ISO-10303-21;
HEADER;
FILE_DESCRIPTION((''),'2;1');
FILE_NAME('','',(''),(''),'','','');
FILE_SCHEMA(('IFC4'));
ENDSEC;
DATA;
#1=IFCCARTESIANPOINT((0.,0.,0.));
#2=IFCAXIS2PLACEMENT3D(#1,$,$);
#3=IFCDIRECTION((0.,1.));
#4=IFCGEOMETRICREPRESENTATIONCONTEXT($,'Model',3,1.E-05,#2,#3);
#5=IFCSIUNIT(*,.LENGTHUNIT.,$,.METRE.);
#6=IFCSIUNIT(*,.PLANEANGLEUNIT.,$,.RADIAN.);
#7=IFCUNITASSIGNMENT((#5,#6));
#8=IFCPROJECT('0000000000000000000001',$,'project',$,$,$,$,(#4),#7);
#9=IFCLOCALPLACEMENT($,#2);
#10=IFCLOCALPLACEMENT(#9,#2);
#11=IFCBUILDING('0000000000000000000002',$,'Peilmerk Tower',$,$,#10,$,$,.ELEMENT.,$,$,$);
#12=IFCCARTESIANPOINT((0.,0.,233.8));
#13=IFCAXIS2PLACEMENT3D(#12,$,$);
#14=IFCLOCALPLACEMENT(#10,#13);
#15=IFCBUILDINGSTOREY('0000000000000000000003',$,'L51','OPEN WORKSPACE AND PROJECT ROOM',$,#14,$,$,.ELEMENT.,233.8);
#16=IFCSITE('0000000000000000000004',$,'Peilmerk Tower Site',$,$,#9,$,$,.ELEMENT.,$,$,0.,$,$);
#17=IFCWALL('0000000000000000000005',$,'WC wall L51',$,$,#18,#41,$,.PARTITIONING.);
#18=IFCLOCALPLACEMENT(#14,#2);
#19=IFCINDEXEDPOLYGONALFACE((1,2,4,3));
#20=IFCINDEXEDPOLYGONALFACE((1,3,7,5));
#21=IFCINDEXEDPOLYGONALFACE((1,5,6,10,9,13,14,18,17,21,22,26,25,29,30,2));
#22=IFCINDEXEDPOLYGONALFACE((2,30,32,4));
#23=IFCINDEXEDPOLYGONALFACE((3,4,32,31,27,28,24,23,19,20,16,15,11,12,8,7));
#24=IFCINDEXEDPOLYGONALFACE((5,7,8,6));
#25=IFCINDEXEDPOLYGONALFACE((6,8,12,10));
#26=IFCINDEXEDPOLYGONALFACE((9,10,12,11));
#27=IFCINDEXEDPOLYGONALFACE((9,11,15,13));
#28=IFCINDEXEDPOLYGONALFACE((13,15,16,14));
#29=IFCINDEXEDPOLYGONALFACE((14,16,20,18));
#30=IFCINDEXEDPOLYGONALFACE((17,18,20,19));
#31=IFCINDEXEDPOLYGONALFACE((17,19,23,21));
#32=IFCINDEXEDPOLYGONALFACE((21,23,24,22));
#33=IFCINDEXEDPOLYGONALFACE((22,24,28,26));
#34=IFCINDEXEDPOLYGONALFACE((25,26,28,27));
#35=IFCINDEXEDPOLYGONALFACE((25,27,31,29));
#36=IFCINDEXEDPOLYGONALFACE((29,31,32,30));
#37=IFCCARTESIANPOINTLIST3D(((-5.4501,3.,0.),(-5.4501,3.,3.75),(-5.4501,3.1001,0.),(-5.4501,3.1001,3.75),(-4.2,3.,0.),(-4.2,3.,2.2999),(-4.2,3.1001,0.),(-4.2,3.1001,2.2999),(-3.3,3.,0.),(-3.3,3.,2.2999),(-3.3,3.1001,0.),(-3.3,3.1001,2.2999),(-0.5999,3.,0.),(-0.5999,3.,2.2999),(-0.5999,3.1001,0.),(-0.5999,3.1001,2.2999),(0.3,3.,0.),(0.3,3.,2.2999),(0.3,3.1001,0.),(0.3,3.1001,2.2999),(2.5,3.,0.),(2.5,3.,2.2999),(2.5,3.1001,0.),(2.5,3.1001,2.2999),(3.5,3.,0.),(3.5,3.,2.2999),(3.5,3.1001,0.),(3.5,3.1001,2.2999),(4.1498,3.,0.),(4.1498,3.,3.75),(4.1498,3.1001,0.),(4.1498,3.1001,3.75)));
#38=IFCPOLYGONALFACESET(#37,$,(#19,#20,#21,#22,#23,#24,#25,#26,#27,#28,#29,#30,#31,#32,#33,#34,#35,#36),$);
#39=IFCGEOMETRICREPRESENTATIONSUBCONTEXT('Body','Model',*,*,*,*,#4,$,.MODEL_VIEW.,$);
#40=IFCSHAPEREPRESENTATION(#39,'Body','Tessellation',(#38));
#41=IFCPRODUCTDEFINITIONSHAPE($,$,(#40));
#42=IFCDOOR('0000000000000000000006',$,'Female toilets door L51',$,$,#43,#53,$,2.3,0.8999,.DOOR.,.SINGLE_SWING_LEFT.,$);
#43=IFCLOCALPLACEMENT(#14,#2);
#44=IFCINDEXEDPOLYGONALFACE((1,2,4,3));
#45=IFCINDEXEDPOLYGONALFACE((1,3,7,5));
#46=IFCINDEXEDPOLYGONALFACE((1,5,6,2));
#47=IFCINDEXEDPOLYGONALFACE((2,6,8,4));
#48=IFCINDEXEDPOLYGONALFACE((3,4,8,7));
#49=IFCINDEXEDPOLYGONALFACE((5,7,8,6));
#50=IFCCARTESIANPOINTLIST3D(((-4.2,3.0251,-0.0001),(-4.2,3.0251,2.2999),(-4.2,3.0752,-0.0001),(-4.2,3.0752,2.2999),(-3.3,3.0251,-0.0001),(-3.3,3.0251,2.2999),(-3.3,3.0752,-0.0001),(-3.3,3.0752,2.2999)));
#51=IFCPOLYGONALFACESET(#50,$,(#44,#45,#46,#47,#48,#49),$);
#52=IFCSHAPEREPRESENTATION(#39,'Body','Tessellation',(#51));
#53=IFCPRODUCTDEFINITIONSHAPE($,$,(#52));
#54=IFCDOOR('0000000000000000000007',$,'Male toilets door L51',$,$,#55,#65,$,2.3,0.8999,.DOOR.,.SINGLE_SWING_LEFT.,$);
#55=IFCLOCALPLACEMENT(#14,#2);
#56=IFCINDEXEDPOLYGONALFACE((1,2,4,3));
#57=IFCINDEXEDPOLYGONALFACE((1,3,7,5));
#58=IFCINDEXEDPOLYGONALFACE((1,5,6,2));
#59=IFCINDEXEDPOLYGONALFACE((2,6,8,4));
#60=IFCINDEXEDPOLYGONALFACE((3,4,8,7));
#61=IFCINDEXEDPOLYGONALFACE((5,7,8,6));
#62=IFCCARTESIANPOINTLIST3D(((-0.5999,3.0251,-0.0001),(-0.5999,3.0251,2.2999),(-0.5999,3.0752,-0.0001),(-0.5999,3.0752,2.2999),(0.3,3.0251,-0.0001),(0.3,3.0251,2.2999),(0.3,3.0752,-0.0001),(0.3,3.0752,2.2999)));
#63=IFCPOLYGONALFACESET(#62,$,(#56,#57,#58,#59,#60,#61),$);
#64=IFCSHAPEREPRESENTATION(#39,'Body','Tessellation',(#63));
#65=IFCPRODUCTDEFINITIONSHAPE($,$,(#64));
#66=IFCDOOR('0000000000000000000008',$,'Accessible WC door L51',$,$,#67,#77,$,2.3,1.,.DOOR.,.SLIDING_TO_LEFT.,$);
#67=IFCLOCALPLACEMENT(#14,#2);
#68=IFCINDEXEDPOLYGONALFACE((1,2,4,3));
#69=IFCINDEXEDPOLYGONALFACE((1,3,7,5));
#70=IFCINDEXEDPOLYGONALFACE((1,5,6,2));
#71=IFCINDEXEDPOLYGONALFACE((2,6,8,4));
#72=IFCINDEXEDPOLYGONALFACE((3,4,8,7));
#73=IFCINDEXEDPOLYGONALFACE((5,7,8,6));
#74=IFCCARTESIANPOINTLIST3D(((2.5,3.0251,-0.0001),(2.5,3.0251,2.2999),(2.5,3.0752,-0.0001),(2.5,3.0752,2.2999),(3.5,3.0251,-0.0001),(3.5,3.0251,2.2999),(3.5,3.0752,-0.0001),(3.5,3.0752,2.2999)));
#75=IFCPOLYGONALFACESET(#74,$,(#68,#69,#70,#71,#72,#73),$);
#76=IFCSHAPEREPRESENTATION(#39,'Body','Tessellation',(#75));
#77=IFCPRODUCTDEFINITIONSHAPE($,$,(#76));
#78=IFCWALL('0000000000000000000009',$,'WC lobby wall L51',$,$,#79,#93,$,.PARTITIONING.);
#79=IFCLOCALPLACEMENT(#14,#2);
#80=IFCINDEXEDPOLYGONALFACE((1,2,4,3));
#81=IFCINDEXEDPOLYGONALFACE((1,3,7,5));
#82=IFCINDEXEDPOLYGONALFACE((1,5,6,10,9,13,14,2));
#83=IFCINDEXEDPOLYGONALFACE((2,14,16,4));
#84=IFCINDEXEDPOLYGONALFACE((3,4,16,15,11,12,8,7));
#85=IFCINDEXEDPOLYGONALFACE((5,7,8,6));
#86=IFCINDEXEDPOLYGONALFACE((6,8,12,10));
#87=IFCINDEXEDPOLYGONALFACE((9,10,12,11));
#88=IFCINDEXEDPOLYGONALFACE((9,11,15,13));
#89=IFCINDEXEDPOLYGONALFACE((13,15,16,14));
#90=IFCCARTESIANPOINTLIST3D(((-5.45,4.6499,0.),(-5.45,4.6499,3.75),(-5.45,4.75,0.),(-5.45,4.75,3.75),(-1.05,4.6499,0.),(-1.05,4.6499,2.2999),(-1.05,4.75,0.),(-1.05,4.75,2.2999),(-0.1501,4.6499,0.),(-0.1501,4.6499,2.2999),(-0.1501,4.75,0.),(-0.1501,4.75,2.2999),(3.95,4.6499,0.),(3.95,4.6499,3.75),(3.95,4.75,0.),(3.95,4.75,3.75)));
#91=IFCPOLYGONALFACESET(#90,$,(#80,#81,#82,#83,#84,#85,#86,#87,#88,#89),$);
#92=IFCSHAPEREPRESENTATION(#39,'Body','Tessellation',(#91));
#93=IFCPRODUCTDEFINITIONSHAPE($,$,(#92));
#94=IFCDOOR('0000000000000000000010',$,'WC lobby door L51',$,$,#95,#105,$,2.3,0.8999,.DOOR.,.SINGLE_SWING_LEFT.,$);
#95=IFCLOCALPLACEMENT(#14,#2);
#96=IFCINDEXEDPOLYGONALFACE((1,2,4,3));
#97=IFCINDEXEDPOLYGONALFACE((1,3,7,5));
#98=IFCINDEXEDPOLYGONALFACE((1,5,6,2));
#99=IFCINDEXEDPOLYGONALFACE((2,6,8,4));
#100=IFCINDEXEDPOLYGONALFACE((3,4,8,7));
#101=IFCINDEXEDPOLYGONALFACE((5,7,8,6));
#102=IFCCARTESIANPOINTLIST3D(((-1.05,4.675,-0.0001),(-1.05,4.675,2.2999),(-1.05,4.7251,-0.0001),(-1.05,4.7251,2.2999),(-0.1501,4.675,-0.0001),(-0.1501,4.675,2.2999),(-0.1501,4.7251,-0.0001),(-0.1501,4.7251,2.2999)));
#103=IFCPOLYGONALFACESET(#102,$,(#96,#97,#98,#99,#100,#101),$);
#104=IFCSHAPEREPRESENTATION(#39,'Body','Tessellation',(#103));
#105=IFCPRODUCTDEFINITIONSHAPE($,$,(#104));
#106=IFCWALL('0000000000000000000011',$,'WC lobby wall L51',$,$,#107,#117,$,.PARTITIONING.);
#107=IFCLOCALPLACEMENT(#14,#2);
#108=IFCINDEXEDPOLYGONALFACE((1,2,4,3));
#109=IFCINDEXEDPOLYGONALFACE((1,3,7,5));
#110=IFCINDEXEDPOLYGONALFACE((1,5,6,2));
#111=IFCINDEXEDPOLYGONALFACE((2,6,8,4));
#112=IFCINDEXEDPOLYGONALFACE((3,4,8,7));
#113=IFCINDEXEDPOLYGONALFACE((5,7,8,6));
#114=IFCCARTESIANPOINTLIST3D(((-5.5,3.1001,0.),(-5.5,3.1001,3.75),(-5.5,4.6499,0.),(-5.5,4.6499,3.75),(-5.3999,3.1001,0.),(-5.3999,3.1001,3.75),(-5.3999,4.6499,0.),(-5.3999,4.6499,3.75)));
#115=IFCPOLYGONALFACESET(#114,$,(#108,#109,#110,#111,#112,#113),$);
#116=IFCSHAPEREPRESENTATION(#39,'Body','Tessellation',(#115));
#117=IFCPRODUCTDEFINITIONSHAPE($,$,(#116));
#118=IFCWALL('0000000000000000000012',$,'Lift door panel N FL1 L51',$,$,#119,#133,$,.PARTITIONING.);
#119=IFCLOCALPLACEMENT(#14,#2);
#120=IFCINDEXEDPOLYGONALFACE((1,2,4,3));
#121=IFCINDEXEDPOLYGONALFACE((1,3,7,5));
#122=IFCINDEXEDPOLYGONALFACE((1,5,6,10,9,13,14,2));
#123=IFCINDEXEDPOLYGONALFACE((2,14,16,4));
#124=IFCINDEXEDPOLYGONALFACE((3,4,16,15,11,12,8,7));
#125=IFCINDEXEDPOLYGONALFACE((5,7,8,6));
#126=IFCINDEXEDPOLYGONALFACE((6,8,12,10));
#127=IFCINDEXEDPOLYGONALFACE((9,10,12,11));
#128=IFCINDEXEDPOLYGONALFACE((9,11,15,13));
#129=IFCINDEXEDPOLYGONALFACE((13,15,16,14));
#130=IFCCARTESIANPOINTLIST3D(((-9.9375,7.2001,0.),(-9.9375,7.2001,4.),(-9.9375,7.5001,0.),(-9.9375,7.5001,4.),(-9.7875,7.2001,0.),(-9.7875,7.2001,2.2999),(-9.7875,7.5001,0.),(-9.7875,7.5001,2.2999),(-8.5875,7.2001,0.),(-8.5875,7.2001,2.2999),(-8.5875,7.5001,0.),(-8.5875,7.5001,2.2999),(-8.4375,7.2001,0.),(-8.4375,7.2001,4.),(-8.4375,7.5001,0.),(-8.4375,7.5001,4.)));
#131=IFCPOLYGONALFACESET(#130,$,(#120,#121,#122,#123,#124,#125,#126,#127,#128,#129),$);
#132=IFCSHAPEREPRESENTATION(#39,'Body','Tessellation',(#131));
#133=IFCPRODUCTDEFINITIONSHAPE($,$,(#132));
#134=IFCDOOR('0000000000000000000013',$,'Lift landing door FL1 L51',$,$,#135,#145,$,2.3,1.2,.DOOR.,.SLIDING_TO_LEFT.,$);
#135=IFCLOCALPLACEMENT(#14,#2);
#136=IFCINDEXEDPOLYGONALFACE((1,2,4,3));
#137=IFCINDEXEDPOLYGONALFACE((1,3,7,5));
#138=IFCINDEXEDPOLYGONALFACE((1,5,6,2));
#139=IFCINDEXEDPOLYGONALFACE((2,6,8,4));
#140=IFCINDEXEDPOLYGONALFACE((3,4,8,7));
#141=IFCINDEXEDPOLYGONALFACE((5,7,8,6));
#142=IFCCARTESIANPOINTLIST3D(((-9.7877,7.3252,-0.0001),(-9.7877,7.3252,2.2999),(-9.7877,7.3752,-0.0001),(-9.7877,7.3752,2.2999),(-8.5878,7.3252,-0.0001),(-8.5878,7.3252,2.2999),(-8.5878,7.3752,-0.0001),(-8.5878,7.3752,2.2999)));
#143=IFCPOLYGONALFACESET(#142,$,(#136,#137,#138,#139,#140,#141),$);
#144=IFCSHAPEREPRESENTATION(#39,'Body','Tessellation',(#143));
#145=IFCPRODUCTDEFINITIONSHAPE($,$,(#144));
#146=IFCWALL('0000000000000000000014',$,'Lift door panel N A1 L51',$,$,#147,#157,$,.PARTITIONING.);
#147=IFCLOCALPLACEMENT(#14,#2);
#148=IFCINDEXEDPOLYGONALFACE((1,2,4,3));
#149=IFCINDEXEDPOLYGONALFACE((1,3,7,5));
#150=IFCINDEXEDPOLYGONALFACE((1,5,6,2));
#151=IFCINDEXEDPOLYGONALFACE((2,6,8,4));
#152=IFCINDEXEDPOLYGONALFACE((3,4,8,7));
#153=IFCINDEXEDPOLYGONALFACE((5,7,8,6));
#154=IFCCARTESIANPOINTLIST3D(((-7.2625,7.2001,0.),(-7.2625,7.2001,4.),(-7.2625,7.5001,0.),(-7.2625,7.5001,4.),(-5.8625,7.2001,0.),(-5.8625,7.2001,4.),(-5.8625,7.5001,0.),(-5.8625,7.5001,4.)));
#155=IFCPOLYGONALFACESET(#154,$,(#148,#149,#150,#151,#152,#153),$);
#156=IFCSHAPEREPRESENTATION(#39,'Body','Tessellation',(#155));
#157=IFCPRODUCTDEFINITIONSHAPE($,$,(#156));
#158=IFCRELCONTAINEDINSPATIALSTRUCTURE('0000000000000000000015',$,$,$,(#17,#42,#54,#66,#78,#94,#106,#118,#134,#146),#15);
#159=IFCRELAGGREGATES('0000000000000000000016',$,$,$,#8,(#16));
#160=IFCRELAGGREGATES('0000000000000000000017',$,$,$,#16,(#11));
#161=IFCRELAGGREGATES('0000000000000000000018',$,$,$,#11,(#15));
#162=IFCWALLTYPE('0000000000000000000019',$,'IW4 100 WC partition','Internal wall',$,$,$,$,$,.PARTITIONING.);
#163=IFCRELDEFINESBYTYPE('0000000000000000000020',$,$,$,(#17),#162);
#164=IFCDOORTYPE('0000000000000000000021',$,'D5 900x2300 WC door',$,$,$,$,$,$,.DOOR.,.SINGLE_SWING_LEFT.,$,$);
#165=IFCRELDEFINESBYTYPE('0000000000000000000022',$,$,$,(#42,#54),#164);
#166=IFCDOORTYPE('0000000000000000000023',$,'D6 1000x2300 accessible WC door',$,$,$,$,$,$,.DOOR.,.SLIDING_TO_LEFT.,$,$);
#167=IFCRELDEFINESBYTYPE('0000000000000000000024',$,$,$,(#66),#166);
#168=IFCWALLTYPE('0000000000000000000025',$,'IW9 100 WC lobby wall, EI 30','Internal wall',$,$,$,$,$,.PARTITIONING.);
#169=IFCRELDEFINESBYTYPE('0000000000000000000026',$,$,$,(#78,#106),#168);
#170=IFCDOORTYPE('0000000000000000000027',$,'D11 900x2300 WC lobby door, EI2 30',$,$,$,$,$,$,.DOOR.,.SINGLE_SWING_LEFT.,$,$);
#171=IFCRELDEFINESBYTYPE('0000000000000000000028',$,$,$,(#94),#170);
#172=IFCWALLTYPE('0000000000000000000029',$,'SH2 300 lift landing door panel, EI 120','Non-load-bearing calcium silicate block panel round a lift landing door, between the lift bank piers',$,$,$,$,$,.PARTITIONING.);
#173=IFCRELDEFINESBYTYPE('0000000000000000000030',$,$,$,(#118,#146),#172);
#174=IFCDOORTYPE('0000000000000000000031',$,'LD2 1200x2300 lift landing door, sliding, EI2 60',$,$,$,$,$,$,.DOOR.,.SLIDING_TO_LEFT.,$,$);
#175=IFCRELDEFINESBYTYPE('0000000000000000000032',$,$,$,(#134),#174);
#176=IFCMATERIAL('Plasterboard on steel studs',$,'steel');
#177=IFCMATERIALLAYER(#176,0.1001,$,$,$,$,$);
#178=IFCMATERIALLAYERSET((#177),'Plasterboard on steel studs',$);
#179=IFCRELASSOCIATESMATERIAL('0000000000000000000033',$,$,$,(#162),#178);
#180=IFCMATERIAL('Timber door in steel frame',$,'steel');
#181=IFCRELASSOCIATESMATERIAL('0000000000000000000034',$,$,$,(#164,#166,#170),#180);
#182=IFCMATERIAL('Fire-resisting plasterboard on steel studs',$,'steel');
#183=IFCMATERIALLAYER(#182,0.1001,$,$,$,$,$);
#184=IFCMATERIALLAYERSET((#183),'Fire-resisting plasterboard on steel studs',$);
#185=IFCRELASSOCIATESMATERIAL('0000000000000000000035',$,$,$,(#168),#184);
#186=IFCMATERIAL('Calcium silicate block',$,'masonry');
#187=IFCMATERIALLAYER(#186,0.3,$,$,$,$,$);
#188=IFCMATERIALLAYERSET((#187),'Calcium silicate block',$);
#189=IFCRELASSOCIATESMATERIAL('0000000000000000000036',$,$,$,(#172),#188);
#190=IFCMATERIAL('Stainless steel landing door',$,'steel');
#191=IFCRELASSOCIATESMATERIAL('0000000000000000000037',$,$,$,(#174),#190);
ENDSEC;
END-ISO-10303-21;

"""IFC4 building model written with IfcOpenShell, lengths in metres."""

from ifc_helpers import new_model, si_unit, direction, frame, frame_2d, origin, place, context, subcontext, project, spatial, rectangle, extrude, material, layer, layer_set, type_object, element, fill, save


model = new_model("IFC4")

# Units and contexts
model_context = context("Model", 3, precision=1e-05, world=origin(), true_north=direction((0.0, 1.0)))
body_context = subcontext(model_context, "Body", "Model", "MODEL_VIEW")
ifc_project = project(units=[si_unit("LENGTHUNIT", "METRE"), si_unit("PLANEANGLEUNIT", "RADIAN")], contexts=[model_context])

# Site, building, storey
site_placement = place(None, origin())
site = spatial("IfcSite", under=ifc_project, at=site_placement, Name="Peilmerk Tower Site", CompositionType="ELEMENT", RefElevation=0.0)
building_placement = place(site_placement, origin())
building = spatial("IfcBuilding", under=site, at=building_placement, Name="Peilmerk Tower", CompositionType="ELEMENT")
storey_placement = place(building_placement, frame((0.0, 0.0, 233.8)))
storey = spatial("IfcBuildingStorey", under=building, at=storey_placement, Name="L51", Description="OPEN WORKSPACE AND PROJECT ROOM", CompositionType="ELEMENT", Elevation=233.8)

# Wall, openings, doors
ifc_material_1 = material(Name="Plasterboard on steel studs", Category="steel")
ifc_layer_1 = layer(ifc_material_1, 0.1001)
ifc_layer_set_1 = layer_set([ifc_layer_1], Name="Plasterboard on steel studs")
wall_type_1 = type_object("IfcWallType", Name="IW4 100 WC partition", Description="Internal wall", PredefinedType="PARTITIONING", material=ifc_layer_set_1)
wall_1_placement = place(storey_placement, frame((-5.45, 3.05, 0.0), z_axis=(0.0, 0.0, 1.0), x_axis=(1.0, 0.0, 0.0)))
wall_1 = element("IfcWall", 1, at=wall_1_placement, inside=storey, type_object=wall_type_1, Name="WC wall L51", PredefinedType="PARTITIONING", context=body_context, shape_type="SweptSolid", body=[
    extrude(rectangle(XDim=9.5999, YDim=0.1001, at=frame_2d((4.7998, 0.0))), origin(), (0.0, 0.0, 1.0), 3.75),
])
opening_1_placement = place(wall_1_placement, frame((1.25, 0.0, 0.0)))
opening_1 = element("IfcOpeningElement", 2, at=opening_1_placement, cuts=wall_1, PredefinedType="OPENING", context=body_context, shape_type="SweptSolid", body=[
    extrude(rectangle(XDim=0.8999, YDim=2.3, at=frame_2d((0.45, 1.1499))), frame((0.0, 0.0601, 0.0), z_axis=(0.0, -1.0, 0.0), x_axis=(1.0, 0.0, 0.0)), (0.0, 0.0, 1.0), 0.1201),
])
opening_2_placement = place(wall_1_placement, frame((4.8501, 0.0, 0.0)))
opening_2 = element("IfcOpeningElement", 3, at=opening_2_placement, cuts=wall_1, PredefinedType="OPENING", context=body_context, shape_type="SweptSolid", body=[
    extrude(rectangle(XDim=0.8999, YDim=2.3, at=frame_2d((0.45, 1.1499))), frame((0.0, 0.0601, 0.0), z_axis=(0.0, -1.0, 0.0), x_axis=(1.0, 0.0, 0.0)), (0.0, 0.0, 1.0), 0.1201),
])
opening_3_placement = place(wall_1_placement, frame((7.95, 0.0, 0.0)))
opening_3 = element("IfcOpeningElement", 4, at=opening_3_placement, cuts=wall_1, PredefinedType="OPENING", context=body_context, shape_type="SweptSolid", body=[
    extrude(rectangle(XDim=1.0, YDim=2.3, at=frame_2d((0.5, 1.1499))), frame((0.0, 0.0601, 0.0), z_axis=(0.0, -1.0, 0.0), x_axis=(1.0, 0.0, 0.0)), (0.0, 0.0, 1.0), 0.1201),
])
ifc_material_2 = material(Name="Timber door in steel frame", Category="steel")
door_type_1 = type_object("IfcDoorType", Name="D5 900x2300 WC door", OperationType="SINGLE_SWING_LEFT", PredefinedType="DOOR", material=ifc_material_2)
door_1_placement = place(opening_1_placement, frame((0.8999, 0.0, 0.0), z_axis=(0.0, 0.0, 1.0), x_axis=(-1.0, 0.0, 0.0)))
door_1 = element("IfcDoor", 5, at=door_1_placement, inside=storey, type_object=door_type_1, Name="Female toilets door L51", OperationType="SINGLE_SWING_LEFT", OverallHeight=2.3, OverallWidth=0.8999, PredefinedType="DOOR", context=body_context, shape_type="SweptSolid", body=[
    extrude(rectangle(XDim=0.8999, YDim=2.3, at=frame_2d((0.45, 1.1499))), frame((0.0, 0.0249, 0.0), z_axis=(0.0, -1.0, 0.0), x_axis=(1.0, 0.0, 0.0)), (0.0, 0.0, 1.0), 0.05),
])
fill(opening_1, door_1)
door_2_placement = place(opening_2_placement, frame((0.8999, 0.0, 0.0), z_axis=(0.0, 0.0, 1.0), x_axis=(-1.0, 0.0, 0.0)))
door_2 = element("IfcDoor", 6, at=door_2_placement, inside=storey, type_object=door_type_1, Name="Male toilets door L51", OperationType="SINGLE_SWING_LEFT", OverallHeight=2.3, OverallWidth=0.8999, PredefinedType="DOOR", context=body_context, shape_type="SweptSolid", body=[
    extrude(rectangle(XDim=0.8999, YDim=2.3, at=frame_2d((0.45, 1.1499))), frame((0.0, 0.0249, 0.0), z_axis=(0.0, -1.0, 0.0), x_axis=(1.0, 0.0, 0.0)), (0.0, 0.0, 1.0), 0.05),
])
fill(opening_2, door_2)
door_type_2 = type_object("IfcDoorType", Name="D6 1000x2300 accessible WC door", OperationType="SLIDING_TO_LEFT", PredefinedType="DOOR", material=ifc_material_2)
door_3_placement = place(opening_3_placement, frame((1.0, 0.0, 0.0), z_axis=(0.0, 0.0, 1.0), x_axis=(-1.0, 0.0, 0.0)))
door_3 = element("IfcDoor", 7, at=door_3_placement, inside=storey, type_object=door_type_2, Name="Accessible WC door L51", OperationType="SLIDING_TO_LEFT", OverallHeight=2.3, OverallWidth=1.0, PredefinedType="DOOR", context=body_context, shape_type="SweptSolid", body=[
    extrude(rectangle(XDim=1.0, YDim=2.3, at=frame_2d((0.5, 1.1499))), frame((0.0, 0.0249, 0.0), z_axis=(0.0, -1.0, 0.0), x_axis=(1.0, 0.0, 0.0)), (0.0, 0.0, 1.0), 0.05),
])
fill(opening_3, door_3)

# Wall, opening, door
ifc_material_3 = material(Name="Fire-resisting plasterboard on steel studs", Category="steel")
ifc_layer_2 = layer(ifc_material_3, 0.1001)
ifc_layer_set_2 = layer_set([ifc_layer_2], Name="Fire-resisting plasterboard on steel studs")
wall_type_2 = type_object("IfcWallType", Name="IW9 100 WC lobby wall, EI 30", Description="Internal wall", PredefinedType="PARTITIONING", material=ifc_layer_set_2)
wall_2_placement = place(storey_placement, frame((-5.45, 4.7, 0.0), z_axis=(0.0, 0.0, 1.0), x_axis=(1.0, 0.0, 0.0)))
wall_2 = element("IfcWall", 8, at=wall_2_placement, inside=storey, type_object=wall_type_2, Name="WC lobby wall L51", PredefinedType="PARTITIONING", context=body_context, shape_type="SweptSolid", body=[
    extrude(rectangle(XDim=9.3999, YDim=0.1001, at=frame_2d((4.7, 0.0))), origin(), (0.0, 0.0, 1.0), 3.75),
])
opening_4_placement = place(wall_2_placement, frame((4.3999, 0.0, 0.0)))
opening_4 = element("IfcOpeningElement", 9, at=opening_4_placement, cuts=wall_2, PredefinedType="OPENING", context=body_context, shape_type="SweptSolid", body=[
    extrude(rectangle(XDim=0.8999, YDim=2.3, at=frame_2d((0.45, 1.1499))), frame((0.0, 0.0601, 0.0), z_axis=(0.0, -1.0, 0.0), x_axis=(1.0, 0.0, 0.0)), (0.0, 0.0, 1.0), 0.1201),
])
door_type_3 = type_object("IfcDoorType", Name="D11 900x2300 WC lobby door, EI2 30", OperationType="SINGLE_SWING_LEFT", PredefinedType="DOOR", material=ifc_material_2)
door_4_placement = place(opening_4_placement, frame((0.8999, 0.0, 0.0), z_axis=(0.0, 0.0, 1.0), x_axis=(-1.0, 0.0, 0.0)))
door_4 = element("IfcDoor", 10, at=door_4_placement, inside=storey, type_object=door_type_3, Name="WC lobby door L51", OperationType="SINGLE_SWING_LEFT", OverallHeight=2.3, OverallWidth=0.8999, PredefinedType="DOOR", context=body_context, shape_type="SweptSolid", body=[
    extrude(rectangle(XDim=0.8999, YDim=2.3, at=frame_2d((0.45, 1.1499))), frame((0.0, 0.0249, 0.0), z_axis=(0.0, -1.0, 0.0), x_axis=(1.0, 0.0, 0.0)), (0.0, 0.0, 1.0), 0.05),
])
fill(opening_4, door_4)

# Wall
wall_3_placement = place(storey_placement, frame((-5.45, 3.1001, 0.0), z_axis=(0.0, 0.0, 1.0), x_axis=(0.0, 1.0, 0.0)))
element("IfcWall", 11, at=wall_3_placement, inside=storey, type_object=wall_type_2, Name="WC lobby wall L51", PredefinedType="PARTITIONING", context=body_context, shape_type="SweptSolid", body=[
    extrude(rectangle(XDim=1.5498, YDim=0.1001, at=frame_2d((0.7749, 0.0))), origin(), (0.0, 0.0, 1.0), 3.75),
])

# Wall, opening, door
ifc_material_4 = material(Name="Calcium silicate block", Category="masonry")
ifc_layer_3 = layer(ifc_material_4, 0.3)
ifc_layer_set_3 = layer_set([ifc_layer_3], Name="Calcium silicate block")
wall_type_3 = type_object("IfcWallType", Name="SH2 300 lift landing door panel, EI 120", Description="Non-load-bearing calcium silicate block panel round a lift landing door, between the lift bank piers", PredefinedType="PARTITIONING", material=ifc_layer_set_3)
wall_4_placement = place(storey_placement, frame((-9.9375, 7.3501, 0.0), z_axis=(0.0, 0.0, 1.0), x_axis=(1.0, 0.0, 0.0)))
wall_4 = element("IfcWall", 12, at=wall_4_placement, inside=storey, type_object=wall_type_3, Name="Lift door panel N FL1 L51", PredefinedType="PARTITIONING", context=body_context, shape_type="SweptSolid", body=[
    extrude(rectangle(XDim=1.5, YDim=0.3, at=frame_2d((0.75, 0.0))), origin(), (0.0, 0.0, 1.0), 4.0),
])
opening_5_placement = place(wall_4_placement, frame((0.1499, 0.0, 0.0)))
opening_5 = element("IfcOpeningElement", 13, at=opening_5_placement, cuts=wall_4, PredefinedType="OPENING", context=body_context, shape_type="SweptSolid", body=[
    extrude(rectangle(XDim=1.2, YDim=2.3, at=frame_2d((0.6001, 1.1499))), frame((0.0, 0.1599, 0.0), z_axis=(0.0, -1.0, 0.0), x_axis=(1.0, 0.0, 0.0)), (0.0, 0.0, 1.0), 0.3201),
])
ifc_material_5 = material(Name="Stainless steel landing door", Category="steel")
door_type_4 = type_object("IfcDoorType", Name="LD2 1200x2300 lift landing door, sliding, EI2 60", OperationType="SLIDING_TO_LEFT", PredefinedType="DOOR", material=ifc_material_5)
door_5_placement = place(opening_5_placement, frame((1.2, 0.0, 0.0), z_axis=(0.0, 0.0, 1.0), x_axis=(-1.0, 0.0, 0.0)))
door_5 = element("IfcDoor", 14, at=door_5_placement, inside=storey, type_object=door_type_4, Name="Lift landing door FL1 L51", OperationType="SLIDING_TO_LEFT", OverallHeight=2.3, OverallWidth=1.2, PredefinedType="DOOR", context=body_context, shape_type="SweptSolid", body=[
    extrude(rectangle(XDim=1.2, YDim=2.3, at=frame_2d((0.6001, 1.1499))), frame((0.0, 0.0249, 0.0), z_axis=(0.0, -1.0, 0.0), x_axis=(1.0, 0.0, 0.0)), (0.0, 0.0, 1.0), 0.05),
])
fill(opening_5, door_5)

# Wall
wall_5_placement = place(storey_placement, frame((-7.2625, 7.3501, 0.0), z_axis=(0.0, 0.0, 1.0), x_axis=(1.0, 0.0, 0.0)))
element("IfcWall", 15, at=wall_5_placement, inside=storey, type_object=wall_type_3, Name="Lift door panel N A1 L51", PredefinedType="PARTITIONING", context=body_context, shape_type="SweptSolid", body=[
    extrude(rectangle(XDim=1.3999, YDim=0.3, at=frame_2d((0.7, 0.0))), origin(), (0.0, 0.0, 1.0), 4.0),
])

save(model, "model.ifc")
